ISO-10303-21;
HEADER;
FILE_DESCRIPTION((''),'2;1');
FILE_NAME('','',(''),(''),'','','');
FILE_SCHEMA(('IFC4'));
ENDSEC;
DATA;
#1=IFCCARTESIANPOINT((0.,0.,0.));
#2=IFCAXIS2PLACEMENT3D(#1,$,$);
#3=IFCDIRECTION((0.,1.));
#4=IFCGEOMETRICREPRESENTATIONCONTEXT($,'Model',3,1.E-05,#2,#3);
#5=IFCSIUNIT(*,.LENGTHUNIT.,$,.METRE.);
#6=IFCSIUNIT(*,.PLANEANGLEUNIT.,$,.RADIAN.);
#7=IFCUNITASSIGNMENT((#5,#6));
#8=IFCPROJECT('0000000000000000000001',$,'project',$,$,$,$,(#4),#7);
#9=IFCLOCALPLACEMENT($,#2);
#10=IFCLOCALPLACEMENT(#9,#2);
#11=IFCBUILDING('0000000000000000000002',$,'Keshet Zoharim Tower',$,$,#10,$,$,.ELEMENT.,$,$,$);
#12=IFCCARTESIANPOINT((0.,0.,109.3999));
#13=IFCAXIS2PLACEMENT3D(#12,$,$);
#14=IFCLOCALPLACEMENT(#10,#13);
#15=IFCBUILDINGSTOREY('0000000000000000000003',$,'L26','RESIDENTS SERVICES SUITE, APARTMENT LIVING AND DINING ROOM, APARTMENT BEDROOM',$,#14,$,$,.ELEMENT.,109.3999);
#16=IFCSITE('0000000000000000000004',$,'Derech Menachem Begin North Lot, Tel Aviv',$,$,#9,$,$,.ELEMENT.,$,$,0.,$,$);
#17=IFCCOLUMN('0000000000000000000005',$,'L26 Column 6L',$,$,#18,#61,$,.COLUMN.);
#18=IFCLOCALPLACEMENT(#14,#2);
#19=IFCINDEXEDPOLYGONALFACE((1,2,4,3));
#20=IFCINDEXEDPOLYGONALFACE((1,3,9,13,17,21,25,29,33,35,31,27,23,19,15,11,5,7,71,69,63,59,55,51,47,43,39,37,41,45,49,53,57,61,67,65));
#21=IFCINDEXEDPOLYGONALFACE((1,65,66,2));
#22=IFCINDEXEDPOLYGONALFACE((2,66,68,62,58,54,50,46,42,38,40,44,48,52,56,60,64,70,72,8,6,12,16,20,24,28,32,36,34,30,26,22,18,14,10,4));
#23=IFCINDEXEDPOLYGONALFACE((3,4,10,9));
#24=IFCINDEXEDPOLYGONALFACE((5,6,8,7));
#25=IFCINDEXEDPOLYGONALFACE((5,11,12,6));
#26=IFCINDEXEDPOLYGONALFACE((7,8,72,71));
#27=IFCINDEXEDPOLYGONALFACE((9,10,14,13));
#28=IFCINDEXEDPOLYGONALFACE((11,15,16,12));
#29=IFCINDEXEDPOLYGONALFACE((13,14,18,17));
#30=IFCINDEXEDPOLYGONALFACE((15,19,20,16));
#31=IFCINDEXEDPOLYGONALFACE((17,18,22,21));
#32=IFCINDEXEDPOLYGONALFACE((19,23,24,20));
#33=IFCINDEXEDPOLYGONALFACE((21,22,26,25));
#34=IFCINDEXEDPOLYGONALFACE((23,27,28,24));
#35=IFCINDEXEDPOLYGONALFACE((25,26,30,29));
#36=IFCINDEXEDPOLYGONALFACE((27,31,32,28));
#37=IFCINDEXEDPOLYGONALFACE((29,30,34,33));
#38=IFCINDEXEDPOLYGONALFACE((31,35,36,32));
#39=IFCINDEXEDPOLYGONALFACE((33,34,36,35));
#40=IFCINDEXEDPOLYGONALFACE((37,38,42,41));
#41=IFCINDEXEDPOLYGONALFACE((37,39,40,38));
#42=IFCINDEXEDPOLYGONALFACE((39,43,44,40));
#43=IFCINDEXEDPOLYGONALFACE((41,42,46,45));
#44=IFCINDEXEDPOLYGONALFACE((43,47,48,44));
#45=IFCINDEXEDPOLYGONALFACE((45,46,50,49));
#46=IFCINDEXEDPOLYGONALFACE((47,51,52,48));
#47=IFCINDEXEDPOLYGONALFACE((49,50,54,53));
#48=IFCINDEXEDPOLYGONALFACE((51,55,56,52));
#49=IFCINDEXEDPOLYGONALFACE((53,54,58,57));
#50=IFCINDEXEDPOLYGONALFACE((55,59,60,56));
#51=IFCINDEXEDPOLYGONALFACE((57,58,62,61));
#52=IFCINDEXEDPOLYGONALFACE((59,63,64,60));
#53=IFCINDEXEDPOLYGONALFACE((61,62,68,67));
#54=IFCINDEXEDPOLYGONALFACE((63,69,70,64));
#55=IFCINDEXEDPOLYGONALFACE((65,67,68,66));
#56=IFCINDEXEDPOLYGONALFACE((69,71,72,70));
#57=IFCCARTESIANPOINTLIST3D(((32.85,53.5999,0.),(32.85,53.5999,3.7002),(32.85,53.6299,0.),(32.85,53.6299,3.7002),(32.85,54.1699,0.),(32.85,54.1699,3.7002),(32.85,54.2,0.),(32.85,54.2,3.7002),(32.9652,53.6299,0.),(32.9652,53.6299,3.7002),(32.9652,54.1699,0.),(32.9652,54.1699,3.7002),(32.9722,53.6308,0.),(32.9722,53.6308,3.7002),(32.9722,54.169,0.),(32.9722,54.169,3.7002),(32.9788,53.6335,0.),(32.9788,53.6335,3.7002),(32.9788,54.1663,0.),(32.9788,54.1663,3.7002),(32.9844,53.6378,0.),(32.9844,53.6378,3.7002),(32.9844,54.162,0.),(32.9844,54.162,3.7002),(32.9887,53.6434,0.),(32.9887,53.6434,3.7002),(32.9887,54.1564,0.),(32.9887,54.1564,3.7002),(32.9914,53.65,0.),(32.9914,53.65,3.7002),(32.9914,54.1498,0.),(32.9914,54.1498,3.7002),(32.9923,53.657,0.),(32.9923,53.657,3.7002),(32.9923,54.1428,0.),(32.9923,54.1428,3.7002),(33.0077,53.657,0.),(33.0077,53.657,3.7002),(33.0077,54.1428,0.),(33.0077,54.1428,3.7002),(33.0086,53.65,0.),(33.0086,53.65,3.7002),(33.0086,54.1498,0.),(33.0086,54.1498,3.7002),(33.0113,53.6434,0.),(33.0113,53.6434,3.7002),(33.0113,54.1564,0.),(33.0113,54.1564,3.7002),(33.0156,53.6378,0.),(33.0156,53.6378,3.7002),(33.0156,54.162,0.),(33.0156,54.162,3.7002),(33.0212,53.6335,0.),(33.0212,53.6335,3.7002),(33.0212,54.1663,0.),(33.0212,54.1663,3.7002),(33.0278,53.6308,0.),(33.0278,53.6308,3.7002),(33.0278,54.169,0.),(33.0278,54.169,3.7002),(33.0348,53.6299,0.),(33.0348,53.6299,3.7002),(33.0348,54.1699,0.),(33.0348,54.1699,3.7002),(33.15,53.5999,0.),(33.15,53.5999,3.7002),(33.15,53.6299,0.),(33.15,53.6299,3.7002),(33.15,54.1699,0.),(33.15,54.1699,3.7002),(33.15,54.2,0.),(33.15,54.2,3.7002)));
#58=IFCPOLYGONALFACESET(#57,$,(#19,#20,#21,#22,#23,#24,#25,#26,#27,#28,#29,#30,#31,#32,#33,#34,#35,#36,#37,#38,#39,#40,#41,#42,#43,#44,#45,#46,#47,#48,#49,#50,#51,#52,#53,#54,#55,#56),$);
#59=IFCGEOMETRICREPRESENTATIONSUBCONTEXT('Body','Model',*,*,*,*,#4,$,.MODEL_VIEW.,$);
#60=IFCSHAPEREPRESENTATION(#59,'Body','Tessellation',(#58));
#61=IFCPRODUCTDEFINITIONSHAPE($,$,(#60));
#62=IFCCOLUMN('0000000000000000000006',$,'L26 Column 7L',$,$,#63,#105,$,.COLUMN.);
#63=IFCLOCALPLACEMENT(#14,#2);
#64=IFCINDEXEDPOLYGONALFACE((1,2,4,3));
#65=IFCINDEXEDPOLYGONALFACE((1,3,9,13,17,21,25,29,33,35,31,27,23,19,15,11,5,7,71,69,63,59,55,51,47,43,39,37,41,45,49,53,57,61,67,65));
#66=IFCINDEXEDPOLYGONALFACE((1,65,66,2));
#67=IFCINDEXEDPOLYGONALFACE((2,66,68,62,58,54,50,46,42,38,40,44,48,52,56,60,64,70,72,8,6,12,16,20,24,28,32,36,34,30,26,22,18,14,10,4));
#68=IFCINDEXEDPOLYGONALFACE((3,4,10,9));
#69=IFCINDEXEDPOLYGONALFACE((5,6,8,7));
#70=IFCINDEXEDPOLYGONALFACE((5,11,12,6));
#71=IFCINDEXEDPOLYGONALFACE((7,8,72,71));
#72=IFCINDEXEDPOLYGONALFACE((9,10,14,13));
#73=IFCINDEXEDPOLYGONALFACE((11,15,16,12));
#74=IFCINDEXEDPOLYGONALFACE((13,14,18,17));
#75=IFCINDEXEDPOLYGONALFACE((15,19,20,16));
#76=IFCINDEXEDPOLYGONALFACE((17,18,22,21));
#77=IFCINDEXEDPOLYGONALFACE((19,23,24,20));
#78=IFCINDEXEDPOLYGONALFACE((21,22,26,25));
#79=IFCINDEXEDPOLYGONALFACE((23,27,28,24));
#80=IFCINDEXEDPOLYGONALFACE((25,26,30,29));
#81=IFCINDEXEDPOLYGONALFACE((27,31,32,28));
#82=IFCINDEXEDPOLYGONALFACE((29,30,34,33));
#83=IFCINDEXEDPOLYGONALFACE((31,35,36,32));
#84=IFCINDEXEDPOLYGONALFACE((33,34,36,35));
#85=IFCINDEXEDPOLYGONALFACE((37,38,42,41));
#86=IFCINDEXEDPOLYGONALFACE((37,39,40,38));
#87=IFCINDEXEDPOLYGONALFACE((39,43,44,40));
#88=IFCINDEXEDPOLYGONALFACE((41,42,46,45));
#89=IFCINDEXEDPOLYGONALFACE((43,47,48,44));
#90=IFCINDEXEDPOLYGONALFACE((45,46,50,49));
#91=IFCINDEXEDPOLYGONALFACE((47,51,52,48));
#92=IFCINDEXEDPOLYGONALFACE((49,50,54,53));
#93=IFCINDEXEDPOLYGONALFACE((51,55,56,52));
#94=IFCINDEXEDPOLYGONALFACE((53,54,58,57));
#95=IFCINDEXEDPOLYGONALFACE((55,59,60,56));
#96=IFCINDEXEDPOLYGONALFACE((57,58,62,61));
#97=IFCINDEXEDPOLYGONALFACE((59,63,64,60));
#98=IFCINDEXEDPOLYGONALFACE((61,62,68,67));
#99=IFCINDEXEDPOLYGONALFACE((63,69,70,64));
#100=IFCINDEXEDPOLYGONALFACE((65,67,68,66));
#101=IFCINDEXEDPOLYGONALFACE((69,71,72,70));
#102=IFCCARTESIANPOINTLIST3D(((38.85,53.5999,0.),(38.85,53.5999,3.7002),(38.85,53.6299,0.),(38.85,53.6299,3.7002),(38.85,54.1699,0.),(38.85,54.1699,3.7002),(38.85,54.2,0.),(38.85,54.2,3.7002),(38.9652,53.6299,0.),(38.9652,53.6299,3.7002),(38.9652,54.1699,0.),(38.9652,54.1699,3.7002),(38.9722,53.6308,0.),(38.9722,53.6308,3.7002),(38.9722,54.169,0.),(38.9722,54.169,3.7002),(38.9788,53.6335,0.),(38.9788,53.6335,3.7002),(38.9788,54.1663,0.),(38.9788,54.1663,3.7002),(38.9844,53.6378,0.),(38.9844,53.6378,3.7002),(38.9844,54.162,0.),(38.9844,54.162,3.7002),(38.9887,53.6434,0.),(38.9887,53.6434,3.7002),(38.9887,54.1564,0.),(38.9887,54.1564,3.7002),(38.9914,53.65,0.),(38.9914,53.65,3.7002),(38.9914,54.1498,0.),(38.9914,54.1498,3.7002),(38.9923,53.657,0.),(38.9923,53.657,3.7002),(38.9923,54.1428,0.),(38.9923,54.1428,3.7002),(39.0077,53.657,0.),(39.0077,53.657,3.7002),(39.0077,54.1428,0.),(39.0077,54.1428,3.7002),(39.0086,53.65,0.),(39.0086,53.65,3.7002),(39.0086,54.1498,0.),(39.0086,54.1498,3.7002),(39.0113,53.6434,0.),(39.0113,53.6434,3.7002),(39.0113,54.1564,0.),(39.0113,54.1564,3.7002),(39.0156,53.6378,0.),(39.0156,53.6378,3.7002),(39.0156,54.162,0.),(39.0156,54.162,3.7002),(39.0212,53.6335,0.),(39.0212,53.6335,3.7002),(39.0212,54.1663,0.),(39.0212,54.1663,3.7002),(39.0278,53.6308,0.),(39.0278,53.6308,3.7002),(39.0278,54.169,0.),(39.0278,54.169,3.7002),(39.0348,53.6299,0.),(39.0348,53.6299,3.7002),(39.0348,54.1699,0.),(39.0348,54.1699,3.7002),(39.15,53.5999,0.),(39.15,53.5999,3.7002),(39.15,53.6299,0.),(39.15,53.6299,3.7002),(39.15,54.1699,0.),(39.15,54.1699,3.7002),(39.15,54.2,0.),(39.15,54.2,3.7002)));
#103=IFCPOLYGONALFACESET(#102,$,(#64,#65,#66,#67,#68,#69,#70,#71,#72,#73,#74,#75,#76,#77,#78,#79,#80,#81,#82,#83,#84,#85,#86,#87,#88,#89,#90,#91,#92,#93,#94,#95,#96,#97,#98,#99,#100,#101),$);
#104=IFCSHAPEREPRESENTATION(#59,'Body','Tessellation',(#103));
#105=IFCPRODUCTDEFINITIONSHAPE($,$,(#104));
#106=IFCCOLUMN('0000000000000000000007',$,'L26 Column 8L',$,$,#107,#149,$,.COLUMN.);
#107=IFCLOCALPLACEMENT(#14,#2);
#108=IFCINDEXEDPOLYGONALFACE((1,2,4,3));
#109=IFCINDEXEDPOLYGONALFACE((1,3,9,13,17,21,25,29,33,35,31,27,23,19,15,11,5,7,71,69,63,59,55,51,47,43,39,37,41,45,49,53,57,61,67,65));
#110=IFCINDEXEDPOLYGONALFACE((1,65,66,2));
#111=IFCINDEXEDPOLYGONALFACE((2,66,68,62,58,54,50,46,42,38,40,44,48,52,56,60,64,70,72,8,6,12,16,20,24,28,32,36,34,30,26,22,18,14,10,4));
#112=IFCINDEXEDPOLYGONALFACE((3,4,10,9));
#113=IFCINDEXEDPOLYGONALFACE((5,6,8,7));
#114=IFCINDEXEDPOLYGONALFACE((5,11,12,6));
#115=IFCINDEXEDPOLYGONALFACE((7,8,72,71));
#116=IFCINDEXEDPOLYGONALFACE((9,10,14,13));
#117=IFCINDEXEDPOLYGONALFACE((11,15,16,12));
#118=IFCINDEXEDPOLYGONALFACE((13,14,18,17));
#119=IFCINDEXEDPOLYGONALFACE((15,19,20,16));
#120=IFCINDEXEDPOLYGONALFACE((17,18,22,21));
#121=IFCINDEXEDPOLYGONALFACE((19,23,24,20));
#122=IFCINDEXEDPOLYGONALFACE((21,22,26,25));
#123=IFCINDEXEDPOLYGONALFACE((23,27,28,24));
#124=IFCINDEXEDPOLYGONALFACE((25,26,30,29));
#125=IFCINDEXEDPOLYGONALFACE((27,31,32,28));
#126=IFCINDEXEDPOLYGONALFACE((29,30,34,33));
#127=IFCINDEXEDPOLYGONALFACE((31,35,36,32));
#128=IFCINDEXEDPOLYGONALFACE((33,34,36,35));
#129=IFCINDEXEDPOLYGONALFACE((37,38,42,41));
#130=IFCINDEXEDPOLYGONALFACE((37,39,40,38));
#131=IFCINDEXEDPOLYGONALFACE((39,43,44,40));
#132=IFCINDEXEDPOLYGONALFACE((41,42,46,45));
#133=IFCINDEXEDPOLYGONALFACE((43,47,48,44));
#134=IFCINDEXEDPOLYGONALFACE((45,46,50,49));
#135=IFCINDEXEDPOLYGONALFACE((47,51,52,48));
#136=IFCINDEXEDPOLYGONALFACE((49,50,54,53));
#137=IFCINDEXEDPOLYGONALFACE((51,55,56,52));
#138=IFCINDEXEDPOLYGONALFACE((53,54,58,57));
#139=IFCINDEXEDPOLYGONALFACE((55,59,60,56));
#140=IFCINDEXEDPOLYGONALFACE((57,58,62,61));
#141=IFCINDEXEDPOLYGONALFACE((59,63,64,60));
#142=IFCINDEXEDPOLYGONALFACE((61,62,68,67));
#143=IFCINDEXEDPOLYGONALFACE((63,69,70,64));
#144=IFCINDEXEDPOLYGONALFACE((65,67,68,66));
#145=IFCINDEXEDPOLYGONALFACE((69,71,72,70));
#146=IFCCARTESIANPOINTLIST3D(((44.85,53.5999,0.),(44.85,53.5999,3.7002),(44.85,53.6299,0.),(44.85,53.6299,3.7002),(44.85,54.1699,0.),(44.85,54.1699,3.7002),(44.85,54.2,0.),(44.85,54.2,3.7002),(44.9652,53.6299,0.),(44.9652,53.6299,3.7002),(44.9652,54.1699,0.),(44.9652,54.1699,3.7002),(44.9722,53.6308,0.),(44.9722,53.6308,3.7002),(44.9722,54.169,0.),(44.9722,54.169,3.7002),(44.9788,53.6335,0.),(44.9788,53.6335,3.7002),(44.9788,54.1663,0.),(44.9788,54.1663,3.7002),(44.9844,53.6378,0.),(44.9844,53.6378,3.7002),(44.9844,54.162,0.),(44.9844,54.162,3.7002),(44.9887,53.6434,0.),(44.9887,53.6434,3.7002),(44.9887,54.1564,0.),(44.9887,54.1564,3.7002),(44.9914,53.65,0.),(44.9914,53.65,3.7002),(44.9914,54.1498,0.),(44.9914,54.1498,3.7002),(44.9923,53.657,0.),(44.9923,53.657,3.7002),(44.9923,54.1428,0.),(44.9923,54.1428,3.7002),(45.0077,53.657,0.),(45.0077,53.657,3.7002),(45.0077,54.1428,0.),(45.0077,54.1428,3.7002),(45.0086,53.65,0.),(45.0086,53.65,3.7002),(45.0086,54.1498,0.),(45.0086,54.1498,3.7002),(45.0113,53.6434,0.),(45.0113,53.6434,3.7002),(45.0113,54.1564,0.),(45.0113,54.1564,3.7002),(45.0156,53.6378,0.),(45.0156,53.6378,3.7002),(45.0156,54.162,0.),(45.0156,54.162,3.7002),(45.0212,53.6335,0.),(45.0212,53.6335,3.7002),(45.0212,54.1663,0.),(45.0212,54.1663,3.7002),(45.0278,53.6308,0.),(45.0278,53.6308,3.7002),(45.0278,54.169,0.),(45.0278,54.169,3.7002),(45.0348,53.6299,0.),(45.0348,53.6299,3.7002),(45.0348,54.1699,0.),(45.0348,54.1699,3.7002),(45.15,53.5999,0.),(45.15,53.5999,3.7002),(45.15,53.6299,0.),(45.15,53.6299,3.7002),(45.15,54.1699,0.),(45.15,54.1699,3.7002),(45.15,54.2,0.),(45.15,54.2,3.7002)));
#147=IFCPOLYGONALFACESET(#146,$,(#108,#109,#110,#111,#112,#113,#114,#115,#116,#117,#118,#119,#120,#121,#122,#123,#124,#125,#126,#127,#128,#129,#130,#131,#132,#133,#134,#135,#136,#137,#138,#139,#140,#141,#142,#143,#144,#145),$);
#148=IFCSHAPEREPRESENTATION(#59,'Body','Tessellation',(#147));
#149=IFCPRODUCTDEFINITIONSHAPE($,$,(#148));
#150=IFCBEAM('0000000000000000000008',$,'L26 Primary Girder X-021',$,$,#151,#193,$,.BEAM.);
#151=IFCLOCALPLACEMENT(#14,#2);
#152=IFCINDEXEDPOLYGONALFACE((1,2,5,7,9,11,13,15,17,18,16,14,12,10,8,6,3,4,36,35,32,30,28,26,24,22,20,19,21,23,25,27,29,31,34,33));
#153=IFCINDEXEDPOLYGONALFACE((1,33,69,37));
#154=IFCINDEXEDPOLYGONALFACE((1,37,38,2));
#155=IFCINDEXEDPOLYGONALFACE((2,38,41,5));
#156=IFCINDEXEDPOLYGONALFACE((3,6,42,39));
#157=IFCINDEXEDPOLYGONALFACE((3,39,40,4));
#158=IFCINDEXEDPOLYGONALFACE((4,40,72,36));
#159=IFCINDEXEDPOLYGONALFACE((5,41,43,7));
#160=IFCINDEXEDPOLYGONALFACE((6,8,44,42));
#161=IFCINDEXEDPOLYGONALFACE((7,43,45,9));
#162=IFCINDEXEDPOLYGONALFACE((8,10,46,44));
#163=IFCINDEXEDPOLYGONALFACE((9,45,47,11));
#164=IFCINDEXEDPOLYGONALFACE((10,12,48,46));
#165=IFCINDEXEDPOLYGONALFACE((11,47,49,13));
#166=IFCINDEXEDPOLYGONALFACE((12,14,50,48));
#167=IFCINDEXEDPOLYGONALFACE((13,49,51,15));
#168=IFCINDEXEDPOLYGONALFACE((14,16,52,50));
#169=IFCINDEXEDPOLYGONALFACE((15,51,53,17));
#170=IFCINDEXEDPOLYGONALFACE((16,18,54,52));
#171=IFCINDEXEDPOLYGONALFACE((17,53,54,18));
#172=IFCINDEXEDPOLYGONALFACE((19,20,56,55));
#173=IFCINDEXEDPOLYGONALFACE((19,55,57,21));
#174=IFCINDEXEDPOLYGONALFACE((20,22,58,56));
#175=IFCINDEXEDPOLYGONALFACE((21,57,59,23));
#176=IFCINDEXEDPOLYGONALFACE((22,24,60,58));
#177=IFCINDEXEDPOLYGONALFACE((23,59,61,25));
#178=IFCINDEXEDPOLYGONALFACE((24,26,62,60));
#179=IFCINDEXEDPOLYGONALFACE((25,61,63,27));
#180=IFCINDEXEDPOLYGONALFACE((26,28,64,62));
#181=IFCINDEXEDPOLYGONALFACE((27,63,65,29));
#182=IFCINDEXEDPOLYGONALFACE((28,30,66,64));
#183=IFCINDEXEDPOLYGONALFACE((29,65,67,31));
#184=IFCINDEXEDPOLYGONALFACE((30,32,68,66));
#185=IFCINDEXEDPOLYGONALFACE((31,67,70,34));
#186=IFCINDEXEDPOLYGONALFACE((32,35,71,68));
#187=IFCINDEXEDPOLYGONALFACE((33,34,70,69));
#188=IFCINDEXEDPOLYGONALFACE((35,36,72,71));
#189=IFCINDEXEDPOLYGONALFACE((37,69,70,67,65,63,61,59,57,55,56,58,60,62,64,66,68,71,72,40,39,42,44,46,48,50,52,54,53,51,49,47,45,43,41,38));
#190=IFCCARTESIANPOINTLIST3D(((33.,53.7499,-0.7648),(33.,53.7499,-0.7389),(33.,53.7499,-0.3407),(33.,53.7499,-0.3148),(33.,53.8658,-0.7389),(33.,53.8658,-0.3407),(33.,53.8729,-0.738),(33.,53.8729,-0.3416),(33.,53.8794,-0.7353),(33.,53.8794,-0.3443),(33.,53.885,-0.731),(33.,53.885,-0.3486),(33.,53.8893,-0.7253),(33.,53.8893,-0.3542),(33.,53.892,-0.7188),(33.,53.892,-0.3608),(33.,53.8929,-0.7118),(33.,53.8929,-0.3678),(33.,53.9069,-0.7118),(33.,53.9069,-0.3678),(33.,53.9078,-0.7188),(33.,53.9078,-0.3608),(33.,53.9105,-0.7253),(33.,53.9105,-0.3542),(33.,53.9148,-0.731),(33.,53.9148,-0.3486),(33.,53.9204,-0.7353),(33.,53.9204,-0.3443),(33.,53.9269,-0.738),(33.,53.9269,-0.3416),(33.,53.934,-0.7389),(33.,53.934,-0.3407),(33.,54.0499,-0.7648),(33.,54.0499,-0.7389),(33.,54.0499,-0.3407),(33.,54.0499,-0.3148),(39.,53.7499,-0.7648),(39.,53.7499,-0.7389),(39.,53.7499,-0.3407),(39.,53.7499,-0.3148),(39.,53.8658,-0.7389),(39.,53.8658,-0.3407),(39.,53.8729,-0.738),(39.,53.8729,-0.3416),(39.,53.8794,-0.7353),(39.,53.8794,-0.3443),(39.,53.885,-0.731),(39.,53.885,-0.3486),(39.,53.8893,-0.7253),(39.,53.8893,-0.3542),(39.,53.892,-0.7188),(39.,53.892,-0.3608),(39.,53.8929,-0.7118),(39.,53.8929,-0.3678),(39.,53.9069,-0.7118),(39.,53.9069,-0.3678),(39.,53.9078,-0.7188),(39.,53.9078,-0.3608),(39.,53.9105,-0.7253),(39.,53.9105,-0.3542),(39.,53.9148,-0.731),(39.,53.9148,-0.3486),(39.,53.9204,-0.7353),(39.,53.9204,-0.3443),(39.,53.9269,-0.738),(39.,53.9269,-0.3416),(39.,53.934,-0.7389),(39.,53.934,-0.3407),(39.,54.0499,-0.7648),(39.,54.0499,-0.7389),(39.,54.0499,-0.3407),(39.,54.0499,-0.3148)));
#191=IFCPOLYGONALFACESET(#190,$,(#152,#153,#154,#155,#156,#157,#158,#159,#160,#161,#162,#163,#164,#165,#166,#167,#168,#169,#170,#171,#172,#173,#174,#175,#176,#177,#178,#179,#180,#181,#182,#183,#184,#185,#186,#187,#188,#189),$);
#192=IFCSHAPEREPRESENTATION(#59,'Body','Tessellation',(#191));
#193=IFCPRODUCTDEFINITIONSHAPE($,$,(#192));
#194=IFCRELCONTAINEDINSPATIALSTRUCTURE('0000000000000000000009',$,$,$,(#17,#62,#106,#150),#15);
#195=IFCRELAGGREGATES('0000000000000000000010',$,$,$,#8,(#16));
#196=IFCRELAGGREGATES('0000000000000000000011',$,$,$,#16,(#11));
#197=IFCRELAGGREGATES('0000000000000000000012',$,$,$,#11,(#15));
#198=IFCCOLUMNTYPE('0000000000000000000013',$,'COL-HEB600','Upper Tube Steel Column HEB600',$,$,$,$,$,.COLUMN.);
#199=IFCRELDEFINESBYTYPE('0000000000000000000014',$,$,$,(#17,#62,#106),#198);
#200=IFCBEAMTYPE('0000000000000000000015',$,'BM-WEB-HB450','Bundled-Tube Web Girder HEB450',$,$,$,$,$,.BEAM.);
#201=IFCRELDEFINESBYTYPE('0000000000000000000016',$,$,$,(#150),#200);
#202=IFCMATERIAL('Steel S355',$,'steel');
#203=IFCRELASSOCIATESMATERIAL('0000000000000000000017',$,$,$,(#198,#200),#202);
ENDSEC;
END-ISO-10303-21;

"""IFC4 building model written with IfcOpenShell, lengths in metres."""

from ifc_helpers import new_model, si_unit, direction, frame, origin, origin_2d, place, context, subcontext, project, spatial, i_section, extrude, material, material_profile, profile_set, type_object, element, save


model = new_model("IFC4")

# Units and contexts
model_context = context("Model", 3, precision=1e-05, world=origin(), true_north=direction((0.0, 1.0)))
body_context = subcontext(model_context, "Body", "Model", "MODEL_VIEW")
ifc_project = project(units=[si_unit("LENGTHUNIT", "METRE"), si_unit("PLANEANGLEUNIT", "RADIAN")], contexts=[model_context])

# Site, building, storey
site_placement = place(None, origin())
site = spatial("IfcSite", under=ifc_project, at=site_placement, Name="Derech Menachem Begin North Lot, Tel Aviv", CompositionType="ELEMENT", RefElevation=0.0)
building_placement = place(site_placement, origin())
building = spatial("IfcBuilding", under=site, at=building_placement, Name="Keshet Zoharim Tower", CompositionType="ELEMENT")
storey_placement = place(building_placement, frame((0.0, 0.0, 109.3999)))
storey = spatial("IfcBuildingStorey", under=building, at=storey_placement, Name="L26", Description="RESIDENTS SERVICES SUITE, APARTMENT LIVING AND DINING ROOM, APARTMENT BEDROOM", CompositionType="ELEMENT", Elevation=109.3999)

# Columns
ifc_material_1 = material(Name="Steel S355", Category="steel")
ifc_material_profile_1 = material_profile(ifc_material_1, i_section(OverallWidth=0.3, OverallDepth=0.6001, WebThickness=0.0154, FlangeThickness=0.03, FilletRadius=0.0271, at=origin_2d()), Name="HEB600")
ifc_profile_set_1 = profile_set([ifc_material_profile_1], Name="Steel S355")
column_type = type_object("IfcColumnType", Name="COL-HEB600", Description="Upper Tube Steel Column HEB600", PredefinedType="COLUMN", material=ifc_profile_set_1)
for number, where, z_axis, x_axis, name in (
    (1, (33.0, 53.8999, 0.0), (0.0, 0.0, 1.0), (1.0, 0.0, 0.0), "L26 Column 6L"),
    (2, (39.0, 53.8999, 0.0), (0.0, 0.0, 1.0), (1.0, 0.0, 0.0), "L26 Column 7L"),
    (3, (45.0, 53.8999, 0.0), (0.0, 0.0, 1.0), (1.0, 0.0, 0.0), "L26 Column 8L"),
):
    element("IfcColumn", number, at=place(storey_placement, frame(where, z_axis=z_axis, x_axis=x_axis)), inside=storey, type_object=column_type, Name=name, PredefinedType="COLUMN", context=body_context, shape_type="SweptSolid", body=[
        extrude(i_section(OverallWidth=0.3, OverallDepth=0.6001, WebThickness=0.0154, FlangeThickness=0.03, FilletRadius=0.0271, at=origin_2d()), origin(), (0.0, 0.0, 1.0), 3.7002),
    ])

# Beam
ifc_material_profile_2 = material_profile(ifc_material_1, i_section(OverallWidth=0.3, OverallDepth=0.45, WebThickness=0.0139, FlangeThickness=0.0259, FilletRadius=0.0271, at=origin_2d()), Name="HEB450")
ifc_profile_set_2 = profile_set([ifc_material_profile_2], Name="Steel S355")
beam_type = type_object("IfcBeamType", Name="BM-WEB-HB450", Description="Bundled-Tube Web Girder HEB450", PredefinedType="BEAM", material=ifc_profile_set_2)
for number, where, z_axis, x_axis, name in (
    (4, (33.0, 53.8999, -0.5398), (1.0, 0.0, 0.0), (0.0, 1.0, 0.0), "L26 Primary Girder X-021"),
):
    element("IfcBeam", number, at=place(storey_placement, frame(where, z_axis=z_axis, x_axis=x_axis)), inside=storey, type_object=beam_type, Name=name, PredefinedType="BEAM", context=body_context, shape_type="SweptSolid", body=[
        extrude(i_section(OverallWidth=0.3, OverallDepth=0.45, WebThickness=0.0139, FlangeThickness=0.0259, FilletRadius=0.0271, at=origin_2d()), origin(), (0.0, 0.0, 1.0), 6.0),
    ])

save(model, "model.ifc")
